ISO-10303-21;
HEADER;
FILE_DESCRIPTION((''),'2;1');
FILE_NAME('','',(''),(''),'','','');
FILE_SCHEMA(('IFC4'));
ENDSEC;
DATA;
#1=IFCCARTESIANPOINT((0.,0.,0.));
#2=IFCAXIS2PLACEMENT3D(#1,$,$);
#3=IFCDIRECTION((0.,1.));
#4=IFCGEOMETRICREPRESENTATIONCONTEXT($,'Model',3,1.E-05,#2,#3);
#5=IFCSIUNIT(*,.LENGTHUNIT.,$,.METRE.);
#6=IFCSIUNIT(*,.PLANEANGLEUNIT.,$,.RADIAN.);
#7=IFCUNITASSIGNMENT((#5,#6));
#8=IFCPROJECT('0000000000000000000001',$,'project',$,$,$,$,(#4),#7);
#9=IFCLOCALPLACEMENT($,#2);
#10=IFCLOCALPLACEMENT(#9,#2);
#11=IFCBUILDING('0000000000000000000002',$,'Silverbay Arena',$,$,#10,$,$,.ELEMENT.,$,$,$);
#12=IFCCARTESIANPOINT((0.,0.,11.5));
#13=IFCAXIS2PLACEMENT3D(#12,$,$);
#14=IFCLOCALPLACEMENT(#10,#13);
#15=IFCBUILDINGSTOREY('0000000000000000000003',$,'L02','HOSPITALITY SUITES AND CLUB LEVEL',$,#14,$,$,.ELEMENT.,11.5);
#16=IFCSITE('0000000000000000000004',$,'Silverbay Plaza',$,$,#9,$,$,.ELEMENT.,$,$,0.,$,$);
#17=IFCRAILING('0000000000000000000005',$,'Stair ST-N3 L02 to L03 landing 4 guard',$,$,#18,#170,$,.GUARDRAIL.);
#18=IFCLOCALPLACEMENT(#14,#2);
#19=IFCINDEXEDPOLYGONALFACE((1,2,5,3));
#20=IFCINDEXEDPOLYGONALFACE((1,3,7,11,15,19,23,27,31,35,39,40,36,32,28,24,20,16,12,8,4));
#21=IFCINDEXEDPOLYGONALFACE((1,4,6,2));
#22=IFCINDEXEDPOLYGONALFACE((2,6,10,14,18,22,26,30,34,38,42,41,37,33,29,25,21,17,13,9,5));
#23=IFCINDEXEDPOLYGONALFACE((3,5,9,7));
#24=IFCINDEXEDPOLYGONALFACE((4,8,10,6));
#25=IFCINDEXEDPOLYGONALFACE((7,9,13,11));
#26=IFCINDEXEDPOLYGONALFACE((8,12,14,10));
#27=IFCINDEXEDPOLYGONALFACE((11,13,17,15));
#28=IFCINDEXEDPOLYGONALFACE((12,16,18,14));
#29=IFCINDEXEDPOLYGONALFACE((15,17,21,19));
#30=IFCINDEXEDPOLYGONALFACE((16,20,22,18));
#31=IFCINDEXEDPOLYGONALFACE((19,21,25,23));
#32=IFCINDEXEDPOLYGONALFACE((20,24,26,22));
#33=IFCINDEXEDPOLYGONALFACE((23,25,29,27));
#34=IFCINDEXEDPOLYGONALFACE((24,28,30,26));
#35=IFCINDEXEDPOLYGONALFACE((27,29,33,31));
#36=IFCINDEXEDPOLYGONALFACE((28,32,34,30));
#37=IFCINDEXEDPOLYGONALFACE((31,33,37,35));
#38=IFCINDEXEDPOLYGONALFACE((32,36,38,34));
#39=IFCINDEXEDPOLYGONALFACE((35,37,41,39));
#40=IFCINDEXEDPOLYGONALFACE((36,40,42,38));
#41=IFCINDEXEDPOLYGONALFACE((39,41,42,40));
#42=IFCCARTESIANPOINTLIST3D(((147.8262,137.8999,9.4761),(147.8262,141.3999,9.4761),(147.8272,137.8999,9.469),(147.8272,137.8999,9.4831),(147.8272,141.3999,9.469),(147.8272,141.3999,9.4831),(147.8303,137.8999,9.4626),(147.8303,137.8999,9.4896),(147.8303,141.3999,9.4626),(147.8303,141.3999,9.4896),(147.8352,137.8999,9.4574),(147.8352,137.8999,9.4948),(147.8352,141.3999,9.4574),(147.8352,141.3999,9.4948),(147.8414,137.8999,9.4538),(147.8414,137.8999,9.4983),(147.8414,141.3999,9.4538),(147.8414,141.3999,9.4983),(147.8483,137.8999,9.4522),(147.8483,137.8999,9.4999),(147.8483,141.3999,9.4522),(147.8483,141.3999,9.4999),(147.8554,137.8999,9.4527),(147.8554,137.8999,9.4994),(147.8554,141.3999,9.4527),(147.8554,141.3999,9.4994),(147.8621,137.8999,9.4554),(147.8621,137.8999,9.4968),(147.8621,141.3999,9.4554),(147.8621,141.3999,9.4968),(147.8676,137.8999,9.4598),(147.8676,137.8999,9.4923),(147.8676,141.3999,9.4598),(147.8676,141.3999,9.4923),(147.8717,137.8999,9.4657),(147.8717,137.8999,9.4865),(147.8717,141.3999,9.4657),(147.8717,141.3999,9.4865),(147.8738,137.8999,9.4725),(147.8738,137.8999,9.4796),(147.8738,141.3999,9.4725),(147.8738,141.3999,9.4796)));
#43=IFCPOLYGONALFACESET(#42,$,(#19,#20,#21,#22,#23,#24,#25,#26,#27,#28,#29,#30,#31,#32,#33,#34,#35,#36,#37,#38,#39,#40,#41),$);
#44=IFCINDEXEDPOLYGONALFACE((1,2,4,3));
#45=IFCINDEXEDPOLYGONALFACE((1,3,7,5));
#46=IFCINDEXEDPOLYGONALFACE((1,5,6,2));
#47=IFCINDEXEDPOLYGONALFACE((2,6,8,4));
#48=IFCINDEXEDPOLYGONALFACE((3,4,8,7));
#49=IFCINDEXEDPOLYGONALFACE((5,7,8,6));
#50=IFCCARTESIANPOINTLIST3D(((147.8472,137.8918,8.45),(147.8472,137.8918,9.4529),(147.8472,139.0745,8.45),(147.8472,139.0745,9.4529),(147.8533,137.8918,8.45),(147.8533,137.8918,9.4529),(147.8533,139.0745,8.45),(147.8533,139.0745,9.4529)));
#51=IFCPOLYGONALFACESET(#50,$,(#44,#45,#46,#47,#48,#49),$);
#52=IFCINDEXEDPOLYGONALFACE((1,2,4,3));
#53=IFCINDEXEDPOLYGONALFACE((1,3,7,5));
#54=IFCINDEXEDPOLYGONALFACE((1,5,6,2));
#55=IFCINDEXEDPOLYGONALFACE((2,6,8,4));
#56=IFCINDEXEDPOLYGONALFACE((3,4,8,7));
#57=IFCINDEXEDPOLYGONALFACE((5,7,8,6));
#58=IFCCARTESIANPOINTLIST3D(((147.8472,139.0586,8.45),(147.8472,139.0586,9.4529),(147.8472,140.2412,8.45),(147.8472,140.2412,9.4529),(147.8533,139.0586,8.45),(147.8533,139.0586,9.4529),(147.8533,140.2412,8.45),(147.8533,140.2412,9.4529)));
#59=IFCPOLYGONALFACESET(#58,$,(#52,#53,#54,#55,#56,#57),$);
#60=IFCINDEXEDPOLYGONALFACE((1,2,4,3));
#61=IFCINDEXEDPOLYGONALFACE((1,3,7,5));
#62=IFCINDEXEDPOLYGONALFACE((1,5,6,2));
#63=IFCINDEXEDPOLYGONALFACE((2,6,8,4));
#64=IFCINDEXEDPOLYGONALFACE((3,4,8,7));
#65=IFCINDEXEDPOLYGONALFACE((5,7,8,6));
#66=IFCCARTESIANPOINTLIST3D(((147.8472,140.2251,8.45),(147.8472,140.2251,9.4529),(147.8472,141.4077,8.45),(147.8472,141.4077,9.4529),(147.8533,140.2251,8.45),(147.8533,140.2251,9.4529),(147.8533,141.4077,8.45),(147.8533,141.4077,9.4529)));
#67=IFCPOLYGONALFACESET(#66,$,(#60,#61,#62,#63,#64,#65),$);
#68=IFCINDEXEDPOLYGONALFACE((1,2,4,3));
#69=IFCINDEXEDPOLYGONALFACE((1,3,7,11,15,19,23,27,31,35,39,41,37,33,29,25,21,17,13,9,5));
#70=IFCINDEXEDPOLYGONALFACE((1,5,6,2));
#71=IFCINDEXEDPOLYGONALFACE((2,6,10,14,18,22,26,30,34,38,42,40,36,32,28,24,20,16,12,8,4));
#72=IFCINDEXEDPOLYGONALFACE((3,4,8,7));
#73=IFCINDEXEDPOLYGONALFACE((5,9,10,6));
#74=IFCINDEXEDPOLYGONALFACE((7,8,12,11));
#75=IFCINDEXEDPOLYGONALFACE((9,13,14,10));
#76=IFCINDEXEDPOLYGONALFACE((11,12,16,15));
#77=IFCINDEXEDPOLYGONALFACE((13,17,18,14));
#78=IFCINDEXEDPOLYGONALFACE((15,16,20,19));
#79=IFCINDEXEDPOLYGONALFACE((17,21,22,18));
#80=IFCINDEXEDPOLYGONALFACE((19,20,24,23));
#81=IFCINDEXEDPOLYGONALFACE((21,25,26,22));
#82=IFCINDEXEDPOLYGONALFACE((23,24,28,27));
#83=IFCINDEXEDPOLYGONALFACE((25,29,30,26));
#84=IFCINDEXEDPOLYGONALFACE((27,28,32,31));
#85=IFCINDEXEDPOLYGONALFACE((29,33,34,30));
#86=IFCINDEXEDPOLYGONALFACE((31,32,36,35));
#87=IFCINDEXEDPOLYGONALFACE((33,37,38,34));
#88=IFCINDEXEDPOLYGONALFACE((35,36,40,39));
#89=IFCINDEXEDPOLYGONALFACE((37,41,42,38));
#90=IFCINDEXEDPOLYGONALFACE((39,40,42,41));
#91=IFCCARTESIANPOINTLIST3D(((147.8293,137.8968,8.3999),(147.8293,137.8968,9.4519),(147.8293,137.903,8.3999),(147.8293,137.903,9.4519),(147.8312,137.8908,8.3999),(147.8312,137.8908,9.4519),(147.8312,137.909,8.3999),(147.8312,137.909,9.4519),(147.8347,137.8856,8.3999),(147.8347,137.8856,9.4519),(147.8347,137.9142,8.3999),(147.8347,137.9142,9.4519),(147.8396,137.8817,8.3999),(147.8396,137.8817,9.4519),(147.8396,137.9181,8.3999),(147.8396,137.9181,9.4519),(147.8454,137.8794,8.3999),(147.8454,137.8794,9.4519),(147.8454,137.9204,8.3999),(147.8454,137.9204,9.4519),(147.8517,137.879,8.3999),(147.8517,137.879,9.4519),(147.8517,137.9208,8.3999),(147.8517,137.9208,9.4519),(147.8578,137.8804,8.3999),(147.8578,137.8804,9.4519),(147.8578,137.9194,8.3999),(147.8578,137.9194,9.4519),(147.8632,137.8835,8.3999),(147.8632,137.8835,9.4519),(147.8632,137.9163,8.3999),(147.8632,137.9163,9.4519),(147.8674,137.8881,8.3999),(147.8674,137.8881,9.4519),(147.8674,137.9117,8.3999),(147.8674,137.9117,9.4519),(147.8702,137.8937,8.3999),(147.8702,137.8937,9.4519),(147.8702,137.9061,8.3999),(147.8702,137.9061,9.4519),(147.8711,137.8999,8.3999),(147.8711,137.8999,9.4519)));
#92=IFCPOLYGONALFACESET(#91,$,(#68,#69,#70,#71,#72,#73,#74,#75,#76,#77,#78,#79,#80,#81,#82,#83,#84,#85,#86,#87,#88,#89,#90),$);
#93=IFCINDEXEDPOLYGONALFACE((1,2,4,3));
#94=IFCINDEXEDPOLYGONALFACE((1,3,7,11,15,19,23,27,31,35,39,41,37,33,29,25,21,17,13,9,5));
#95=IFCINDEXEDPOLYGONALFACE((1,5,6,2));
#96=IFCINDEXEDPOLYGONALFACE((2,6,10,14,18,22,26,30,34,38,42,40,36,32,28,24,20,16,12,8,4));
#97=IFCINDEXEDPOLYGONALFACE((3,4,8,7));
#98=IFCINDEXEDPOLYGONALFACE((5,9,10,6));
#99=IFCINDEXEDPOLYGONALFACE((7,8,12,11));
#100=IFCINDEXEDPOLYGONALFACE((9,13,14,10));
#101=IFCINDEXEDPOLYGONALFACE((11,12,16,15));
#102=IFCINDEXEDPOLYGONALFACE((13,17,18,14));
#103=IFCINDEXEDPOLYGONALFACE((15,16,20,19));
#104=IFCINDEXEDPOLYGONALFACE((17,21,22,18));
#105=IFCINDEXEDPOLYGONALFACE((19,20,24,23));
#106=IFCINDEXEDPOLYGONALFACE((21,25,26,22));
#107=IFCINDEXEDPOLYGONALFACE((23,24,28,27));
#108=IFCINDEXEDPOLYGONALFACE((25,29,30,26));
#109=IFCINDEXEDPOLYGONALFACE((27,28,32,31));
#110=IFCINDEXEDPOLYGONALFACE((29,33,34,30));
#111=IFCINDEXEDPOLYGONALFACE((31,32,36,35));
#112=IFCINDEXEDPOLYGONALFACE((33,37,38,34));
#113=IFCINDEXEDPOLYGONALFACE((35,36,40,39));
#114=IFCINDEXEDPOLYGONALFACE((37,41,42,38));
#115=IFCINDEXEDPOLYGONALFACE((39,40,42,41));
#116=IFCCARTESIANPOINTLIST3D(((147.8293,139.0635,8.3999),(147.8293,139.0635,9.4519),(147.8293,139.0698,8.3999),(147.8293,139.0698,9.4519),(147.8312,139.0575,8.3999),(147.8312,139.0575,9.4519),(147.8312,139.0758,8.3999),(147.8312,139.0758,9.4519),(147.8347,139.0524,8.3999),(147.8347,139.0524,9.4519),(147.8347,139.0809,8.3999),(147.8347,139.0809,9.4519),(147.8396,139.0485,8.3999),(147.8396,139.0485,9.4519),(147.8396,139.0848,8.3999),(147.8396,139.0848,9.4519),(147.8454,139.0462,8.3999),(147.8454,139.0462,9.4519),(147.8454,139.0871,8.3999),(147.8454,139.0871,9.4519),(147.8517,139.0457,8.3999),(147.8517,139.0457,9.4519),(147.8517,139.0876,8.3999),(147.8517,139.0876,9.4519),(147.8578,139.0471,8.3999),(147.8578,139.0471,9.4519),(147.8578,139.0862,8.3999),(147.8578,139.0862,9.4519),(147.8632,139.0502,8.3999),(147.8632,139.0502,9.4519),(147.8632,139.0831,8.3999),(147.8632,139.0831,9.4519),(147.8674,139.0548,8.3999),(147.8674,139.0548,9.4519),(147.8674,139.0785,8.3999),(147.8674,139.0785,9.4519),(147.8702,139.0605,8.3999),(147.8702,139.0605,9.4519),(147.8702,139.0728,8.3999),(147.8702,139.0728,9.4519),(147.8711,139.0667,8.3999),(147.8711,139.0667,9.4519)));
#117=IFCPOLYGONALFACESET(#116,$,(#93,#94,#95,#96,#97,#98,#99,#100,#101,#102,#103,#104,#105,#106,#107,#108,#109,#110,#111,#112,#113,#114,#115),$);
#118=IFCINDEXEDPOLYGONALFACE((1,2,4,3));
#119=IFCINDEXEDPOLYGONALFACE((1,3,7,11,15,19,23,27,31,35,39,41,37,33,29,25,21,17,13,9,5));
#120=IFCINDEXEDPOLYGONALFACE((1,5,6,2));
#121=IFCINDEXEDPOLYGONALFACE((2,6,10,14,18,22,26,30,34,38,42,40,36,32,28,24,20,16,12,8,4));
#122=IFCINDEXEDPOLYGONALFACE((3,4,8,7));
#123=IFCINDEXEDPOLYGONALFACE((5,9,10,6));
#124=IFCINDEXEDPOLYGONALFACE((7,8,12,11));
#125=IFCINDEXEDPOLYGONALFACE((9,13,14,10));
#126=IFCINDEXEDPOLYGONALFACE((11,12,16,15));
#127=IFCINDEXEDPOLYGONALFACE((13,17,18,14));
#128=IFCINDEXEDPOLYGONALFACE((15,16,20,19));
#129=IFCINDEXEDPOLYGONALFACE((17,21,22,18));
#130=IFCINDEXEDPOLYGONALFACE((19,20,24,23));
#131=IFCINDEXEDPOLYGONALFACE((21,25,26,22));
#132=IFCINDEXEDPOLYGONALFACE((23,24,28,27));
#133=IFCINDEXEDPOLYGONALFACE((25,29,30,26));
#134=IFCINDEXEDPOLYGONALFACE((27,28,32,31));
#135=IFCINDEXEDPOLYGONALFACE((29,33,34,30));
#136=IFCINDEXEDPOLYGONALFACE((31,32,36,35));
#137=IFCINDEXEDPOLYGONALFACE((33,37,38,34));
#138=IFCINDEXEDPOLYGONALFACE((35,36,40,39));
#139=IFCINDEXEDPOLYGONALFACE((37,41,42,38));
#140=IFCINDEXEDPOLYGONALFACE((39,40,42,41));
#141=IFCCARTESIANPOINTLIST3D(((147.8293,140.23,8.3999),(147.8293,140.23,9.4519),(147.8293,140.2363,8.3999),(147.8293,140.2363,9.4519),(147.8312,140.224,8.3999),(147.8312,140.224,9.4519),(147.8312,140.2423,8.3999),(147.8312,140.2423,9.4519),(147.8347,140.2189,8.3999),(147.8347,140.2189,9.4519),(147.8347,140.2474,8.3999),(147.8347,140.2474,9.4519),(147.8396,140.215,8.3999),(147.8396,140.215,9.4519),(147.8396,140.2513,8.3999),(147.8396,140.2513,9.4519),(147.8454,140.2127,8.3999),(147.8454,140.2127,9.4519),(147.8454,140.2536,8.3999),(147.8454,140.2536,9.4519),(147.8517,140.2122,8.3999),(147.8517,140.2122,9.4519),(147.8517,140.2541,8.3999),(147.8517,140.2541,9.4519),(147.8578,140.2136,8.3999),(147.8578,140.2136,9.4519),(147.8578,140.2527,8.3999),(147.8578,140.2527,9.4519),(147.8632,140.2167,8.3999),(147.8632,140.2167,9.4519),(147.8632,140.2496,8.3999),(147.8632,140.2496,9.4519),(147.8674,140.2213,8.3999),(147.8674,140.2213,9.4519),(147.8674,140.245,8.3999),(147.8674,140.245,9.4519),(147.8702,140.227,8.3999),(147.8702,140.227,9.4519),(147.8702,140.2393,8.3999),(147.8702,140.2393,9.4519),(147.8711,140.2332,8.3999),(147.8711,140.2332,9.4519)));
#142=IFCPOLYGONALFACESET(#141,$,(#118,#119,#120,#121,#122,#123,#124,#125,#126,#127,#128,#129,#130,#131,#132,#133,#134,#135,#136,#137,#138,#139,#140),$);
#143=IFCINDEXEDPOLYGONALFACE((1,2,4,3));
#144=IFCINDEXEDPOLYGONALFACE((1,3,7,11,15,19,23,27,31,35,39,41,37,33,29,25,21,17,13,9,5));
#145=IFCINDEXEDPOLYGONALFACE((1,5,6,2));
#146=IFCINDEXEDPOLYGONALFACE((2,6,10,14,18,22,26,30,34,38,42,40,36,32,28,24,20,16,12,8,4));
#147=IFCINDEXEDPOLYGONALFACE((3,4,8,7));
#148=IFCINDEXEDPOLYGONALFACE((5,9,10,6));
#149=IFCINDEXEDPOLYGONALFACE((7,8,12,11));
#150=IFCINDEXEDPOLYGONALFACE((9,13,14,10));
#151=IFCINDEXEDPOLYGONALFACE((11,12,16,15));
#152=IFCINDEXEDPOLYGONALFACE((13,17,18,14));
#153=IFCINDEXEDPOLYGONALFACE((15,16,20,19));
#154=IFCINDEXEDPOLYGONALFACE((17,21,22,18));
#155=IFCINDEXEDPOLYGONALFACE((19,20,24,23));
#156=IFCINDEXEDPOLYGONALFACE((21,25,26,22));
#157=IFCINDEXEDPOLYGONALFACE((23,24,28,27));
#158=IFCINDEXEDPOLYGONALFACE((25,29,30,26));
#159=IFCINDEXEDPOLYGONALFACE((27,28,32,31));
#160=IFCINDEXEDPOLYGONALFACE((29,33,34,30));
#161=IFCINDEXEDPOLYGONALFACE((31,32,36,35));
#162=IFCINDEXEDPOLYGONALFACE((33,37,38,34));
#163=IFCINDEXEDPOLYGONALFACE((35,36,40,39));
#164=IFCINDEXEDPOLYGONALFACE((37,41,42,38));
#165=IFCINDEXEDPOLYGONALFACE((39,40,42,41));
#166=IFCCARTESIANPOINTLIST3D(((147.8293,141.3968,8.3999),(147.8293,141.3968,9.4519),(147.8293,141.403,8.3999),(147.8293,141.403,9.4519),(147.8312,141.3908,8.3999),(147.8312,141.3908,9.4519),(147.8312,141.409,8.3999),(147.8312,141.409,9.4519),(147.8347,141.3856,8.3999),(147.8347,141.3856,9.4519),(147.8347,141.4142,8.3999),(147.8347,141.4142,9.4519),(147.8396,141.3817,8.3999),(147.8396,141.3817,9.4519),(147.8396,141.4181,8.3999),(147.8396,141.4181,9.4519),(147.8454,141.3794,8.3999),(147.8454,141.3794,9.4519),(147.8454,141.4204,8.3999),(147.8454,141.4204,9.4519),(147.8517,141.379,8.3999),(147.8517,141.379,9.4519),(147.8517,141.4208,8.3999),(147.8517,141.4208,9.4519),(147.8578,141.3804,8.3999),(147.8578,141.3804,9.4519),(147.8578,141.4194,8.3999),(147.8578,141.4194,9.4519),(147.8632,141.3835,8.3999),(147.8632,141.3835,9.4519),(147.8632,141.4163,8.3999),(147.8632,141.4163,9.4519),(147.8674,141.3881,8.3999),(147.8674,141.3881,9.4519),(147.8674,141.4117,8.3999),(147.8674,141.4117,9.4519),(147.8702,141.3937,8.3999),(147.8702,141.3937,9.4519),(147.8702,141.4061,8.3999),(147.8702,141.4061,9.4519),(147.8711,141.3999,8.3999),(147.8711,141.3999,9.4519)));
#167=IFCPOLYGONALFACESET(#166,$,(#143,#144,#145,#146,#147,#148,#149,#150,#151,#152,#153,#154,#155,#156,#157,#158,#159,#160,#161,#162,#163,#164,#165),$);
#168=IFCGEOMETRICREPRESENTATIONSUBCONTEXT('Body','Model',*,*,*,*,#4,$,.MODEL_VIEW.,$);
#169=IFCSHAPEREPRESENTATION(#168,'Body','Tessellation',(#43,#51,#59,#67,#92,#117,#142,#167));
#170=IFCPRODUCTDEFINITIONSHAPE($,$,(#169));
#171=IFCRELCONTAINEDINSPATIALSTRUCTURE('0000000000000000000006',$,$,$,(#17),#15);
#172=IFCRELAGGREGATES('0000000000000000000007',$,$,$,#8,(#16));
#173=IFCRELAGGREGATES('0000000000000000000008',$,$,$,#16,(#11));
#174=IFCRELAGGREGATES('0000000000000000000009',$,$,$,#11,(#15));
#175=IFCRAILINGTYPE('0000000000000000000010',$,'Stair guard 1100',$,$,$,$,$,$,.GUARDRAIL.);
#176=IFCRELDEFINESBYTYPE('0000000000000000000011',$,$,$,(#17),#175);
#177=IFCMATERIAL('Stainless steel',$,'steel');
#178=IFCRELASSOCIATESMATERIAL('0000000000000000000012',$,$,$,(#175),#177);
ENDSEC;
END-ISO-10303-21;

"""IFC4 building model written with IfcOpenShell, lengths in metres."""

from ifc_helpers import new_model, si_unit, direction, frame, origin, origin_2d, place, context, subcontext, project, spatial, polyline, circle, outline, extrude, material, type_object, element, save


model = new_model("IFC4")

# Units and contexts
model_context = context("Model", 3, precision=1e-05, world=origin(), true_north=direction((0.0, 1.0)))
body_context = subcontext(model_context, "Body", "Model", "MODEL_VIEW")
ifc_project = project(units=[si_unit("LENGTHUNIT", "METRE"), si_unit("PLANEANGLEUNIT", "RADIAN")], contexts=[model_context])

# Site, building, storey
site_placement = place(None, origin())
site = spatial("IfcSite", under=ifc_project, at=site_placement, Name="Silverbay Plaza", CompositionType="ELEMENT", RefElevation=0.0)
building_placement = place(site_placement, origin())
building = spatial("IfcBuilding", under=site, at=building_placement, Name="Silverbay Arena", CompositionType="ELEMENT")
storey_placement = place(building_placement, frame((0.0, 0.0, 11.5)))
storey = spatial("IfcBuildingStorey", under=building, at=storey_placement, Name="L02", Description="HOSPITALITY SUITES AND CLUB LEVEL", CompositionType="ELEMENT", Elevation=11.5)

# Railing
ifc_material_1 = material(Name="Stainless steel", Category="steel")
railing_type_1 = type_object("IfcRailingType", Name="Stair guard 1100", PredefinedType="GUARDRAIL", material=ifc_material_1)
for number, where, name in (
    (1, (147.8501, 137.8999, 8.3999), "Stair ST-N3 L02 to L03 landing 4 guard"),
):
    element("IfcRailing", number, at=place(storey_placement, frame(where)), inside=storey, type_object=railing_type_1, Name=name, PredefinedType="GUARDRAIL", context=body_context, shape_type="SweptSolid", body=[
        extrude(circle(Radius=0.0239, at=origin_2d()), frame((0.0, 0.0, 1.0762), z_axis=(0.0, 1.0, 0.0), x_axis=(-1.0, 0.0, 0.0)), (0.0, 0.0, 1.0), 3.5),
        extrude(outline(polyline([(-0.0081, 0.05), (1.1746, 0.05), (1.1746, 1.053), (-0.0081, 1.053), (-0.0081, 0.05)])), frame((-0.0029, 0.0, 0.0), z_axis=(1.0, 0.0, 0.0), x_axis=(0.0, 1.0, 0.0)), (0.0, 0.0, 1.0), 0.0061),
        extrude(outline(polyline([(-0.0081, 0.05), (1.1746, 0.05), (1.1746, 1.053), (-0.0081, 1.053), (-0.0081, 0.05)])), frame((-0.0029, 1.1667, 0.0), z_axis=(1.0, 0.0, 0.0), x_axis=(0.0, 1.0, 0.0)), (0.0, 0.0, 1.0), 0.0061),
        extrude(outline(polyline([(-0.0081, 0.05), (1.1746, 0.05), (1.1746, 1.053), (-0.0081, 1.053), (-0.0081, 0.05)])), frame((-0.0029, 2.3333, 0.0), z_axis=(1.0, 0.0, 0.0), x_axis=(0.0, 1.0, 0.0)), (0.0, 0.0, 1.0), 0.0061),
        extrude(circle(Radius=0.021, at=origin_2d()), origin(), (0.0, 0.0, 1.0), 1.052),
        extrude(circle(Radius=0.021, at=origin_2d()), frame((0.0, 1.1667, 0.0)), (0.0, 0.0, 1.0), 1.052),
        extrude(circle(Radius=0.021, at=origin_2d()), frame((0.0, 2.3333, 0.0)), (0.0, 0.0, 1.0), 1.052),
        extrude(circle(Radius=0.021, at=origin_2d()), frame((0.0, 3.5, 0.0)), (0.0, 0.0, 1.0), 1.052),
    ])

save(model, "model.ifc")
